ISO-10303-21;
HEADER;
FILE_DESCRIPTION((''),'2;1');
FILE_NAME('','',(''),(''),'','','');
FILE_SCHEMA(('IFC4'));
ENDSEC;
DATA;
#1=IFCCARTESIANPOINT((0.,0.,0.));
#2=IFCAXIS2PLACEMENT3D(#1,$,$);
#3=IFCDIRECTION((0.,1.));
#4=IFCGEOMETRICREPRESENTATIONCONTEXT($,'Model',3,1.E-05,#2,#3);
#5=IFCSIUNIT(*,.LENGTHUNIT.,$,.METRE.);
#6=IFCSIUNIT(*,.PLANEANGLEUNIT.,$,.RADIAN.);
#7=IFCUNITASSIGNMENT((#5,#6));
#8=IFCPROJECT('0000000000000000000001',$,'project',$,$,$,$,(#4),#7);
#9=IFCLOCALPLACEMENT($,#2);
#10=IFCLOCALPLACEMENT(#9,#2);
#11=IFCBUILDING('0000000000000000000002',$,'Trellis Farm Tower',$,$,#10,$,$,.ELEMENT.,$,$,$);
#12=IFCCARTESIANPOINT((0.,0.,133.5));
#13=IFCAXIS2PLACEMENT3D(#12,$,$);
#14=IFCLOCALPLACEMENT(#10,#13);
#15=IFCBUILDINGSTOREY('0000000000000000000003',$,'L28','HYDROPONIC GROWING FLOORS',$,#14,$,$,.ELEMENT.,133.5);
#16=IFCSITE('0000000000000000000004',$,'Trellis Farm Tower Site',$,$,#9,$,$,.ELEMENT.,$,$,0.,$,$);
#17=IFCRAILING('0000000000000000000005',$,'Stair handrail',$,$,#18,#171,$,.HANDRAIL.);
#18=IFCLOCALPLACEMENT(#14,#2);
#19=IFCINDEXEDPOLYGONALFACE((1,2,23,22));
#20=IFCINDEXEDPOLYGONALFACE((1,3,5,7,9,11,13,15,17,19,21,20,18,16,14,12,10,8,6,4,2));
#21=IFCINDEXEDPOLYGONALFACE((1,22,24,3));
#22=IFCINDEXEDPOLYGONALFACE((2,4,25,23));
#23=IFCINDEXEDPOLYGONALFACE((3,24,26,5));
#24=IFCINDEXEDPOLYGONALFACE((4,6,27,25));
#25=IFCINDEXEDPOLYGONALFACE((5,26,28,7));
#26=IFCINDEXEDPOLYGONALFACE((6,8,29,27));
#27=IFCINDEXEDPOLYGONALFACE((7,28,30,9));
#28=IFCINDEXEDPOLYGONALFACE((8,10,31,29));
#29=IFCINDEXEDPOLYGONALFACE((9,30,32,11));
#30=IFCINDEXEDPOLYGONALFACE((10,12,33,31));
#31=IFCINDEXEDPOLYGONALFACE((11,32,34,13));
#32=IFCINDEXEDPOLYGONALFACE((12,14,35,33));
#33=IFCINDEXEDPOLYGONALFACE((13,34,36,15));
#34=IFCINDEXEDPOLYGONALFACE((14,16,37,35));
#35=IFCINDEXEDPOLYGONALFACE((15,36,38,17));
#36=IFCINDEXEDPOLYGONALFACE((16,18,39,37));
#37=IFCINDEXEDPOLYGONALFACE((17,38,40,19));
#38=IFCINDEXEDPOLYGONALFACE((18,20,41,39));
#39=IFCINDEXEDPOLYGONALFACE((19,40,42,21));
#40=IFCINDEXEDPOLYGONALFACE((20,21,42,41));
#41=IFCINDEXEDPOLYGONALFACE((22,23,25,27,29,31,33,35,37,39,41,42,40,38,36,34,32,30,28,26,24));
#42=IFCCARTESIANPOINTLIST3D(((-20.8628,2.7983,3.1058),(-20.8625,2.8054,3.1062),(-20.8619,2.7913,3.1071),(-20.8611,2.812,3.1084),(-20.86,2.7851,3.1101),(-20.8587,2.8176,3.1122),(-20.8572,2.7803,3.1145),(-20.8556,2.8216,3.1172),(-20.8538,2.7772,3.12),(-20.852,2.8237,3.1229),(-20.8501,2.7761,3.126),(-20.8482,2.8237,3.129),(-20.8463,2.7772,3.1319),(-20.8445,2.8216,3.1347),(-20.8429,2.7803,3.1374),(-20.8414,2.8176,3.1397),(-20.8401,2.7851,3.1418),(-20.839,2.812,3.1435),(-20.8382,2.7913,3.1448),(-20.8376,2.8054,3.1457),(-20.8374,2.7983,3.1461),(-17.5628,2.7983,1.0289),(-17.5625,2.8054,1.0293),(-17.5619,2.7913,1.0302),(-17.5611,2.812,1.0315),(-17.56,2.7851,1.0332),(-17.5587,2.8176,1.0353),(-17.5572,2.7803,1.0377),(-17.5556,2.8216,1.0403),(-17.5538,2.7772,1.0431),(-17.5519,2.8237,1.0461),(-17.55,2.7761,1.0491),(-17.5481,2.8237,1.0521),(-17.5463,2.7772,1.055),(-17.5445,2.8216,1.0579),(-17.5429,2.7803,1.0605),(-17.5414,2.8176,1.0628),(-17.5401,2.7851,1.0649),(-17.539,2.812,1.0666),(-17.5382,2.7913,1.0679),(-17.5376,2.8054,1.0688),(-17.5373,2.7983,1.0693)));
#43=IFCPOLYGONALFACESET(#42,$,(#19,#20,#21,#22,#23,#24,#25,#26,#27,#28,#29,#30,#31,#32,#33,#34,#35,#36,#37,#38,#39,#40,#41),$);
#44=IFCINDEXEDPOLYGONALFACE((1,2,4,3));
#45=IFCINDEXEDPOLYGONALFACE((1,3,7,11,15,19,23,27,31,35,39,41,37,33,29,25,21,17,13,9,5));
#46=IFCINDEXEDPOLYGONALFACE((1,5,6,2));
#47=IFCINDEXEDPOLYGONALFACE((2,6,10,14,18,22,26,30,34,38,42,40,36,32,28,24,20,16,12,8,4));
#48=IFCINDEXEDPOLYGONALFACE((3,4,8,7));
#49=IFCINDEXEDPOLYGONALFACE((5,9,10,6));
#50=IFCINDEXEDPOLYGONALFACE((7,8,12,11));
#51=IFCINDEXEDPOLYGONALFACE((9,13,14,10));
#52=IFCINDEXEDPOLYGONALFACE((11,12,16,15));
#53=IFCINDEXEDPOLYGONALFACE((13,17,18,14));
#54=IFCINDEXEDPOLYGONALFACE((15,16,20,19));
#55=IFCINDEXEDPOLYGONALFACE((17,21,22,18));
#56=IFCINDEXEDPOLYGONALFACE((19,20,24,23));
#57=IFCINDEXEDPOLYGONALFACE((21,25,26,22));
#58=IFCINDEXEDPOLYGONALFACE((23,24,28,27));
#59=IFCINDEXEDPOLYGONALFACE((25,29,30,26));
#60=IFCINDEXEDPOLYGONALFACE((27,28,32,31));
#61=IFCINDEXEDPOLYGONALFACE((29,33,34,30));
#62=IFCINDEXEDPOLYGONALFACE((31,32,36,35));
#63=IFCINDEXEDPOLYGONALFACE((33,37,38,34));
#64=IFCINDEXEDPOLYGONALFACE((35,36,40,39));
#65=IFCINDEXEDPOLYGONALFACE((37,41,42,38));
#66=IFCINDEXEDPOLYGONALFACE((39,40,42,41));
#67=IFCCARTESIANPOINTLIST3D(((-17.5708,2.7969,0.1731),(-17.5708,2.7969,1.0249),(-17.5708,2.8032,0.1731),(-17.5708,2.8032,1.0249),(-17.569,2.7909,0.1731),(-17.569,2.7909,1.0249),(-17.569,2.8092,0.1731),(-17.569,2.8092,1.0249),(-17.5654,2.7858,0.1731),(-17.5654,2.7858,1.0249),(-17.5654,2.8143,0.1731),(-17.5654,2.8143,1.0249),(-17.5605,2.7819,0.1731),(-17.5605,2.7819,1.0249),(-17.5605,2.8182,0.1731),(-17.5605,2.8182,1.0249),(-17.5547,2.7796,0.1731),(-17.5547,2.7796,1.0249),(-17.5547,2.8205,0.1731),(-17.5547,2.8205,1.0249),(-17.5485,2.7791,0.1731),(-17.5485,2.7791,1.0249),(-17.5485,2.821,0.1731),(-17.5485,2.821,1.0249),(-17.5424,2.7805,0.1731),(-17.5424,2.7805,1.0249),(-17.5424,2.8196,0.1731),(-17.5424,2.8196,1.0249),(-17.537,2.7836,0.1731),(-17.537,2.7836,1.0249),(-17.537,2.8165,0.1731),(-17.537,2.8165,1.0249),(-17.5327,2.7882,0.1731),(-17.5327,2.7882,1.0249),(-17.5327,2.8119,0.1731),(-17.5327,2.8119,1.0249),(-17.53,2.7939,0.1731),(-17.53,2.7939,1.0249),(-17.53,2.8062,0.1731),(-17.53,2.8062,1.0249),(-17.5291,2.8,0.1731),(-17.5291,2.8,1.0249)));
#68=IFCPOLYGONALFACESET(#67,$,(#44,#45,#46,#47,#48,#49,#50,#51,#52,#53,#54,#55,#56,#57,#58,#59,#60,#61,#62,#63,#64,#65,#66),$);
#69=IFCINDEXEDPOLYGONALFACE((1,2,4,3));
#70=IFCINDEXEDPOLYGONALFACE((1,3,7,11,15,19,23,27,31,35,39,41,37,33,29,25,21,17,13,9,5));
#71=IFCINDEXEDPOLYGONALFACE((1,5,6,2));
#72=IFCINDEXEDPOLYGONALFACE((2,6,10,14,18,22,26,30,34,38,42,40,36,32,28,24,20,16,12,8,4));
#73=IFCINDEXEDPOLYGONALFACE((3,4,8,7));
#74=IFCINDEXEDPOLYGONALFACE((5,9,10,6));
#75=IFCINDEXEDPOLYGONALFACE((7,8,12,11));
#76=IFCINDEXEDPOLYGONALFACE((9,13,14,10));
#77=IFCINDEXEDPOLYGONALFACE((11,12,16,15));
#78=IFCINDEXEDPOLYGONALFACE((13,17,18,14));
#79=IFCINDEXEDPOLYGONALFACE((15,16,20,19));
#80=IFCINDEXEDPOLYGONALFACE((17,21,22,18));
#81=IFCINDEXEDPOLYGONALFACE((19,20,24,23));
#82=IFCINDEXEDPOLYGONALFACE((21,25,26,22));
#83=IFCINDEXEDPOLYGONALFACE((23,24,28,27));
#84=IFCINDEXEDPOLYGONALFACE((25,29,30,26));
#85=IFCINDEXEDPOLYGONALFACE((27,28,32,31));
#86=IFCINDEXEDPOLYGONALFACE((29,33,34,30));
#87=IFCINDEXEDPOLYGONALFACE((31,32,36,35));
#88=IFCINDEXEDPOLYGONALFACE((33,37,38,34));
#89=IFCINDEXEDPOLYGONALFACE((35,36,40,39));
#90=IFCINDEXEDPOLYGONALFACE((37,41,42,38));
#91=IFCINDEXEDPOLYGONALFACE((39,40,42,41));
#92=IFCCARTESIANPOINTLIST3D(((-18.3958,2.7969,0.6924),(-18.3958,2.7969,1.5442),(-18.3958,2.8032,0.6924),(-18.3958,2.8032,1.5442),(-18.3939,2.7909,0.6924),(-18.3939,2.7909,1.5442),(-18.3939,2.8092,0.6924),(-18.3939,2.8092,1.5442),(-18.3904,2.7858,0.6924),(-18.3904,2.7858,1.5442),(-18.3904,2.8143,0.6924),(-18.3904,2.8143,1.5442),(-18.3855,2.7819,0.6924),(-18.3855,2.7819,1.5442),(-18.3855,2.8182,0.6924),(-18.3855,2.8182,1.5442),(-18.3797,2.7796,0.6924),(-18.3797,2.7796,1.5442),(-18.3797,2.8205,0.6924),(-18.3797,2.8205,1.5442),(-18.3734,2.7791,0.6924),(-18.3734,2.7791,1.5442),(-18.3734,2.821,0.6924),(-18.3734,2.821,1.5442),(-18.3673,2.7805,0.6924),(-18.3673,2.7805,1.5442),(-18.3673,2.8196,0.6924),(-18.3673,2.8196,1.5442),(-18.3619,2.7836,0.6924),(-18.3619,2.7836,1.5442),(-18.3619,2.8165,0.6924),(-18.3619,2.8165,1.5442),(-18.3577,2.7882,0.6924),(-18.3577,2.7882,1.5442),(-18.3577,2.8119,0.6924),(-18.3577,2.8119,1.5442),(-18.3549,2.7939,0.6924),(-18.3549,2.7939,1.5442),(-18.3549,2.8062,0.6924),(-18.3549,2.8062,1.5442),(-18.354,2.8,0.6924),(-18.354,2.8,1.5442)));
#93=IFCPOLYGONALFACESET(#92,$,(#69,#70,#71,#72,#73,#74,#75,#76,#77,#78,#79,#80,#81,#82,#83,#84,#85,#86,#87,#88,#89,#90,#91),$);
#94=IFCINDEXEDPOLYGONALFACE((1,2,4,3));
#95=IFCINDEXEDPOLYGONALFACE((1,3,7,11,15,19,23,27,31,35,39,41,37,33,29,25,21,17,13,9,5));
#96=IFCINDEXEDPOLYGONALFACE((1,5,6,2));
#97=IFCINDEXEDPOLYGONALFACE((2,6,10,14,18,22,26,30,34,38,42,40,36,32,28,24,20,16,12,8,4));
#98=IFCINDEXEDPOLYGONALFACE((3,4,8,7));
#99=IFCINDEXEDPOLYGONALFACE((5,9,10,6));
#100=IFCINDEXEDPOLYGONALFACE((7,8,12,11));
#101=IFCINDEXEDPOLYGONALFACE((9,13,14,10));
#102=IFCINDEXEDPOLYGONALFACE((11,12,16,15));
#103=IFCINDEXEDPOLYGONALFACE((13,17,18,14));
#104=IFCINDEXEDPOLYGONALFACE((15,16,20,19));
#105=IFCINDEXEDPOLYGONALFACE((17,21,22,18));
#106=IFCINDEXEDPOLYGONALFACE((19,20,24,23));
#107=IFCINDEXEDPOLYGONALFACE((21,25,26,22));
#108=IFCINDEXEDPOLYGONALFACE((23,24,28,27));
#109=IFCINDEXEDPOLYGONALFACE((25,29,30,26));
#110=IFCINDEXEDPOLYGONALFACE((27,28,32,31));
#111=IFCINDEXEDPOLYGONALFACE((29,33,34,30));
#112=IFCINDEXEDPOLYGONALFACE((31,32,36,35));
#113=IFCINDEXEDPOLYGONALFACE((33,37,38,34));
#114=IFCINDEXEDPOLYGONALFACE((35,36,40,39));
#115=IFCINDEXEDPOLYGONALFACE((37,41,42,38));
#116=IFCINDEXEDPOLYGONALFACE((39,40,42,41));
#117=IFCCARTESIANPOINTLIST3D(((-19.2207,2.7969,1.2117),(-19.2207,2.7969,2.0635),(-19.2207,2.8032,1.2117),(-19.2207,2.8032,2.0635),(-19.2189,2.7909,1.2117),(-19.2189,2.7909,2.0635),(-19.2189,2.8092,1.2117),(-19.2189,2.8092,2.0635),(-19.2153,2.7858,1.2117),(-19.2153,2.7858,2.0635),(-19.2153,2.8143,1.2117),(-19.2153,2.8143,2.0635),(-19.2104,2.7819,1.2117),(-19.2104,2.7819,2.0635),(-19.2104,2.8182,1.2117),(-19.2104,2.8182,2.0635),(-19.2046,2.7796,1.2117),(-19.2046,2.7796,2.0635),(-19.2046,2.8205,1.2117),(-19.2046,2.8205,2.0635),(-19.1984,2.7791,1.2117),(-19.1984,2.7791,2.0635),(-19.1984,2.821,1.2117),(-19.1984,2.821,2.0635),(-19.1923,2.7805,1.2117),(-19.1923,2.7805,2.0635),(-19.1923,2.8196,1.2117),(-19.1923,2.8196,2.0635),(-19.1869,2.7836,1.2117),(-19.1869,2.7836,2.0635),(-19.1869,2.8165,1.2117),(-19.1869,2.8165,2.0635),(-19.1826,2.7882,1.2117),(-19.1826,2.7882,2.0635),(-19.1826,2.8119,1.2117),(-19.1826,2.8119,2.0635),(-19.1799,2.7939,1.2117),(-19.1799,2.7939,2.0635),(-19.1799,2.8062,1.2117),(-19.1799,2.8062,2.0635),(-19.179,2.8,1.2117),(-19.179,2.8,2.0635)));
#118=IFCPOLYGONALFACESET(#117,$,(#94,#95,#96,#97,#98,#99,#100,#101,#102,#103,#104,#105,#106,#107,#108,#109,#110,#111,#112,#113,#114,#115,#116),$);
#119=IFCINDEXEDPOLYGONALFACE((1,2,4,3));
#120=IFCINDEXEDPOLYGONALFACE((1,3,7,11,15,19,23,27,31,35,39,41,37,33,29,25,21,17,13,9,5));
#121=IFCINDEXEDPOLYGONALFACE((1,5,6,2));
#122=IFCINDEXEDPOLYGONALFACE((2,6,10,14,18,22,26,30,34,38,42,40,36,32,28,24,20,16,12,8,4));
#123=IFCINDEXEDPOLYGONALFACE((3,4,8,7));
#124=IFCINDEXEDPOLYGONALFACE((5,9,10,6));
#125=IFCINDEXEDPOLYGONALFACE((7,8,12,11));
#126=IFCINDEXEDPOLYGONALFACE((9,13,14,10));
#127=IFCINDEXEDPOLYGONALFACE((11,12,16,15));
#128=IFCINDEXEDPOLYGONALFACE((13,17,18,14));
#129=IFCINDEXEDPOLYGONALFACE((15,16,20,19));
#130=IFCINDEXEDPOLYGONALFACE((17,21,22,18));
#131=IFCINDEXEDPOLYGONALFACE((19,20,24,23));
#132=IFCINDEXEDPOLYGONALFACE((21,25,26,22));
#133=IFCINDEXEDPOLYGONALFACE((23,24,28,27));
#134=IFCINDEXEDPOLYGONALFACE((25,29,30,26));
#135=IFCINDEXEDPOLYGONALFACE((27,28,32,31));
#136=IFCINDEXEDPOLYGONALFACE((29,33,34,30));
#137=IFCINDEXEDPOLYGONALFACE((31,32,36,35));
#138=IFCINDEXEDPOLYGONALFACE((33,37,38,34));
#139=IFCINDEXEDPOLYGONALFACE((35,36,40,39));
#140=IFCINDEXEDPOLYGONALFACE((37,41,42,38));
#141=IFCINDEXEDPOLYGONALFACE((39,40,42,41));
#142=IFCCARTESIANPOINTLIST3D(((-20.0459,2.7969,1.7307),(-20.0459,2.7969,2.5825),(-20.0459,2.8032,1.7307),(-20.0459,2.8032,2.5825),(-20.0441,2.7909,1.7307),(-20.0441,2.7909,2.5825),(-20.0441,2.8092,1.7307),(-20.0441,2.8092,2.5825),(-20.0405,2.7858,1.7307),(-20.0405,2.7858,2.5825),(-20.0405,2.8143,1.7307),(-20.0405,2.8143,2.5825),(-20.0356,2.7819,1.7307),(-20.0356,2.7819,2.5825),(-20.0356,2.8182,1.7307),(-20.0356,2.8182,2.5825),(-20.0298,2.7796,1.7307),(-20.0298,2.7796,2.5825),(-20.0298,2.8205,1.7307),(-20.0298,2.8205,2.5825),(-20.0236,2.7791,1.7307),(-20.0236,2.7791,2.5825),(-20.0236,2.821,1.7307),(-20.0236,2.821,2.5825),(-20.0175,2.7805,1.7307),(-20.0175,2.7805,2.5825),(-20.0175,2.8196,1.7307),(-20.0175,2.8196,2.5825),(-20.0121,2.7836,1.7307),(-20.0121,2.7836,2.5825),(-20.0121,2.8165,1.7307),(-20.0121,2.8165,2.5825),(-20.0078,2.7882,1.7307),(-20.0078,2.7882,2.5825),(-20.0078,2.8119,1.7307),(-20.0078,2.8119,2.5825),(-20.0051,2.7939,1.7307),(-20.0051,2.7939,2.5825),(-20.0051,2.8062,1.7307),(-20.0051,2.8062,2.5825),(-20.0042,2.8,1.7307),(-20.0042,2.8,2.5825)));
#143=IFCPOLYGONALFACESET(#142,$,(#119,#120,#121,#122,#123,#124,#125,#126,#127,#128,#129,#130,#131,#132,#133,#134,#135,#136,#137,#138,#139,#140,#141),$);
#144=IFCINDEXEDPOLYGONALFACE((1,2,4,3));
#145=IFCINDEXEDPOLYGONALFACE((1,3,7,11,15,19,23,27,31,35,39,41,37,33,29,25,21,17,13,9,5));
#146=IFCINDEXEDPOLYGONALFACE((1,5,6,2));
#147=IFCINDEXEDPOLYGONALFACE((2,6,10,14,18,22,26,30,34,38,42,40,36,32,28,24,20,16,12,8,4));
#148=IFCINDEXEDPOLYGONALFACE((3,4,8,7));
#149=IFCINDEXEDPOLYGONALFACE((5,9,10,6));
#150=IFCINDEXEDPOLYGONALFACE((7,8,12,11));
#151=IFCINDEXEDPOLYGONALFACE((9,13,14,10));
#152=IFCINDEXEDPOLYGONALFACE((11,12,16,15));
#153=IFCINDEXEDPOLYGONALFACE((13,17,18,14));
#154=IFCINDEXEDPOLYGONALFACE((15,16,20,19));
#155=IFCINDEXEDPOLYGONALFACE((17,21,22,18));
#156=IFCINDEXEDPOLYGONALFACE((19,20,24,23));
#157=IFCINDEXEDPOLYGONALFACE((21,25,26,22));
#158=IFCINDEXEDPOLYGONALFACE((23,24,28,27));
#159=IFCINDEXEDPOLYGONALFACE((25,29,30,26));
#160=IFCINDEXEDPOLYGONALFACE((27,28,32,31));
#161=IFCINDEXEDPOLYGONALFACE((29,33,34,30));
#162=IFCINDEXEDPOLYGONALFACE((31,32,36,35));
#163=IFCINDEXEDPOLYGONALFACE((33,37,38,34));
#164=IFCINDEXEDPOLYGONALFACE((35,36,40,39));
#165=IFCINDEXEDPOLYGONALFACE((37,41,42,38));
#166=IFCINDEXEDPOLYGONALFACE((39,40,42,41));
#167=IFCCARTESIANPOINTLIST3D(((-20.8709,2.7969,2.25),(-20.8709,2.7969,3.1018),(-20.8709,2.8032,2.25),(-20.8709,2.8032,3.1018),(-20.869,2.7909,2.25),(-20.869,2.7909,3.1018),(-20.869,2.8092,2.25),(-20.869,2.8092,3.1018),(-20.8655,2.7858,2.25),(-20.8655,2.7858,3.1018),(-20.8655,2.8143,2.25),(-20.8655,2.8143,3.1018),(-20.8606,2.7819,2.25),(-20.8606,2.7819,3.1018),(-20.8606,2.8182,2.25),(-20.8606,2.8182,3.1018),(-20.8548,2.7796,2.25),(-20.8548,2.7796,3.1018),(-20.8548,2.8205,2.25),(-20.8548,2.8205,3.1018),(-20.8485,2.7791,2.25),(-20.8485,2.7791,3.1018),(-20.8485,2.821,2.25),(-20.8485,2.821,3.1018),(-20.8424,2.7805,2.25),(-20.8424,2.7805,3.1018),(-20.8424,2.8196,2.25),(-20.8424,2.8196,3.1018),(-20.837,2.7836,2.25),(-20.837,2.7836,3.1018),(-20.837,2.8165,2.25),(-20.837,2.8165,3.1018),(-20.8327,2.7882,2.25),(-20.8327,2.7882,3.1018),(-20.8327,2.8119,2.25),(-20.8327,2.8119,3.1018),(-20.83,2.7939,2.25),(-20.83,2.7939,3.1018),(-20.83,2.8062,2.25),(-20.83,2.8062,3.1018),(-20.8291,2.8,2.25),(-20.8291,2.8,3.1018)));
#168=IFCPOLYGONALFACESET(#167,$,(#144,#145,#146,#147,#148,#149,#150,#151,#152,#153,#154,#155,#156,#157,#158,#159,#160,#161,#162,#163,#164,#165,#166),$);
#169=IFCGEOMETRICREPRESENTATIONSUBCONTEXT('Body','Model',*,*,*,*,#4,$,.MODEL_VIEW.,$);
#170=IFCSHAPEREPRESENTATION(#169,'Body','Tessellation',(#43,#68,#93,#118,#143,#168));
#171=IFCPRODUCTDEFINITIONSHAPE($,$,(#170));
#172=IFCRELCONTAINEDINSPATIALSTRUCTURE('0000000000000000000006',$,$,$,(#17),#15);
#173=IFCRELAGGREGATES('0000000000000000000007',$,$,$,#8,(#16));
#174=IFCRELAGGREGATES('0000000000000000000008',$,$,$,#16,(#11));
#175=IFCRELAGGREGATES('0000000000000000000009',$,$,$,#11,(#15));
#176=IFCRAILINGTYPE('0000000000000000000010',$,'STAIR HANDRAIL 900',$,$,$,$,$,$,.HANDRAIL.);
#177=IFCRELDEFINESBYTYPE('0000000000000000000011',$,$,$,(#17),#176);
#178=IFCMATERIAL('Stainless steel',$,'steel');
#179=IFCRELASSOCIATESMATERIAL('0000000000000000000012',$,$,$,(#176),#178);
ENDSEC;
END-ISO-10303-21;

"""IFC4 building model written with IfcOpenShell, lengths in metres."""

from ifc_helpers import new_model, si_unit, direction, frame, origin, origin_2d, place, context, subcontext, project, spatial, circle, extrude, source, transform, mapped, material, type_object, element, save


model = new_model("IFC4")

# Units and contexts
model_context = context("Model", 3, precision=1e-05, world=origin(), true_north=direction((0.0, 1.0)))
body_context = subcontext(model_context, "Body", "Model", "MODEL_VIEW")
ifc_project = project(units=[si_unit("LENGTHUNIT", "METRE"), si_unit("PLANEANGLEUNIT", "RADIAN")], contexts=[model_context])

# Site, building, storey
site_placement = place(None, origin())
site = spatial("IfcSite", under=ifc_project, at=site_placement, Name="Trellis Farm Tower Site", CompositionType="ELEMENT", RefElevation=0.0)
building_placement = place(site_placement, origin())
building = spatial("IfcBuilding", under=site, at=building_placement, Name="Trellis Farm Tower", CompositionType="ELEMENT")
storey_placement = place(building_placement, frame((0.0, 0.0, 133.5)))
storey = spatial("IfcBuildingStorey", under=building, at=storey_placement, Name="L28", Description="HYDROPONIC GROWING FLOORS", CompositionType="ELEMENT", Elevation=133.5)

# Railing
ifc_material_1 = material(Name="Stainless steel", Category="steel")
railing_type = type_object("IfcRailingType", Name="STAIR HANDRAIL 900", PredefinedType="HANDRAIL", material=ifc_material_1)
shared_shape_1 = source(origin(), body_context, "Body", "SweptSolid", [
    extrude(circle(Radius=0.0239, at=origin_2d()), frame((0.0, 0.0, 0.876), z_axis=(-0.846337, 0.0, 0.532647), x_axis=(0.0, -1.0, 0.0)), (0.0, 0.0, 1.0), 3.8992),
    extrude(circle(Radius=0.021, at=origin_2d()), origin(), (0.0, 0.0, 1.0), 0.8518),
    extrude(circle(Radius=0.021, at=origin_2d()), frame((-0.825, 0.0, 0.5193)), (0.0, 0.0, 1.0), 0.8518),
    extrude(circle(Radius=0.021, at=origin_2d()), frame((-1.6499, 0.0, 1.0386)), (0.0, 0.0, 1.0), 0.8518),
    extrude(circle(Radius=0.021, at=origin_2d()), frame((-2.4751, 0.0, 1.5576)), (0.0, 0.0, 1.0), 0.8518),
    extrude(circle(Radius=0.021, at=origin_2d()), frame((-3.3, 0.0, 2.0769)), (0.0, 0.0, 1.0), 0.8518),
])
for number, where, name in (
    (1, (-17.55, 2.8, 0.1731), "Stair handrail"),
):
    element("IfcRailing", number, at=place(storey_placement, frame(where)), inside=storey, type_object=railing_type, Name=name, PredefinedType="HANDRAIL", context=body_context, shape_type="MappedRepresentation", body=[
        mapped(shared_shape_1, transform((0.0, 0.0, 0.0))),
    ])

save(model, "model.ifc")
